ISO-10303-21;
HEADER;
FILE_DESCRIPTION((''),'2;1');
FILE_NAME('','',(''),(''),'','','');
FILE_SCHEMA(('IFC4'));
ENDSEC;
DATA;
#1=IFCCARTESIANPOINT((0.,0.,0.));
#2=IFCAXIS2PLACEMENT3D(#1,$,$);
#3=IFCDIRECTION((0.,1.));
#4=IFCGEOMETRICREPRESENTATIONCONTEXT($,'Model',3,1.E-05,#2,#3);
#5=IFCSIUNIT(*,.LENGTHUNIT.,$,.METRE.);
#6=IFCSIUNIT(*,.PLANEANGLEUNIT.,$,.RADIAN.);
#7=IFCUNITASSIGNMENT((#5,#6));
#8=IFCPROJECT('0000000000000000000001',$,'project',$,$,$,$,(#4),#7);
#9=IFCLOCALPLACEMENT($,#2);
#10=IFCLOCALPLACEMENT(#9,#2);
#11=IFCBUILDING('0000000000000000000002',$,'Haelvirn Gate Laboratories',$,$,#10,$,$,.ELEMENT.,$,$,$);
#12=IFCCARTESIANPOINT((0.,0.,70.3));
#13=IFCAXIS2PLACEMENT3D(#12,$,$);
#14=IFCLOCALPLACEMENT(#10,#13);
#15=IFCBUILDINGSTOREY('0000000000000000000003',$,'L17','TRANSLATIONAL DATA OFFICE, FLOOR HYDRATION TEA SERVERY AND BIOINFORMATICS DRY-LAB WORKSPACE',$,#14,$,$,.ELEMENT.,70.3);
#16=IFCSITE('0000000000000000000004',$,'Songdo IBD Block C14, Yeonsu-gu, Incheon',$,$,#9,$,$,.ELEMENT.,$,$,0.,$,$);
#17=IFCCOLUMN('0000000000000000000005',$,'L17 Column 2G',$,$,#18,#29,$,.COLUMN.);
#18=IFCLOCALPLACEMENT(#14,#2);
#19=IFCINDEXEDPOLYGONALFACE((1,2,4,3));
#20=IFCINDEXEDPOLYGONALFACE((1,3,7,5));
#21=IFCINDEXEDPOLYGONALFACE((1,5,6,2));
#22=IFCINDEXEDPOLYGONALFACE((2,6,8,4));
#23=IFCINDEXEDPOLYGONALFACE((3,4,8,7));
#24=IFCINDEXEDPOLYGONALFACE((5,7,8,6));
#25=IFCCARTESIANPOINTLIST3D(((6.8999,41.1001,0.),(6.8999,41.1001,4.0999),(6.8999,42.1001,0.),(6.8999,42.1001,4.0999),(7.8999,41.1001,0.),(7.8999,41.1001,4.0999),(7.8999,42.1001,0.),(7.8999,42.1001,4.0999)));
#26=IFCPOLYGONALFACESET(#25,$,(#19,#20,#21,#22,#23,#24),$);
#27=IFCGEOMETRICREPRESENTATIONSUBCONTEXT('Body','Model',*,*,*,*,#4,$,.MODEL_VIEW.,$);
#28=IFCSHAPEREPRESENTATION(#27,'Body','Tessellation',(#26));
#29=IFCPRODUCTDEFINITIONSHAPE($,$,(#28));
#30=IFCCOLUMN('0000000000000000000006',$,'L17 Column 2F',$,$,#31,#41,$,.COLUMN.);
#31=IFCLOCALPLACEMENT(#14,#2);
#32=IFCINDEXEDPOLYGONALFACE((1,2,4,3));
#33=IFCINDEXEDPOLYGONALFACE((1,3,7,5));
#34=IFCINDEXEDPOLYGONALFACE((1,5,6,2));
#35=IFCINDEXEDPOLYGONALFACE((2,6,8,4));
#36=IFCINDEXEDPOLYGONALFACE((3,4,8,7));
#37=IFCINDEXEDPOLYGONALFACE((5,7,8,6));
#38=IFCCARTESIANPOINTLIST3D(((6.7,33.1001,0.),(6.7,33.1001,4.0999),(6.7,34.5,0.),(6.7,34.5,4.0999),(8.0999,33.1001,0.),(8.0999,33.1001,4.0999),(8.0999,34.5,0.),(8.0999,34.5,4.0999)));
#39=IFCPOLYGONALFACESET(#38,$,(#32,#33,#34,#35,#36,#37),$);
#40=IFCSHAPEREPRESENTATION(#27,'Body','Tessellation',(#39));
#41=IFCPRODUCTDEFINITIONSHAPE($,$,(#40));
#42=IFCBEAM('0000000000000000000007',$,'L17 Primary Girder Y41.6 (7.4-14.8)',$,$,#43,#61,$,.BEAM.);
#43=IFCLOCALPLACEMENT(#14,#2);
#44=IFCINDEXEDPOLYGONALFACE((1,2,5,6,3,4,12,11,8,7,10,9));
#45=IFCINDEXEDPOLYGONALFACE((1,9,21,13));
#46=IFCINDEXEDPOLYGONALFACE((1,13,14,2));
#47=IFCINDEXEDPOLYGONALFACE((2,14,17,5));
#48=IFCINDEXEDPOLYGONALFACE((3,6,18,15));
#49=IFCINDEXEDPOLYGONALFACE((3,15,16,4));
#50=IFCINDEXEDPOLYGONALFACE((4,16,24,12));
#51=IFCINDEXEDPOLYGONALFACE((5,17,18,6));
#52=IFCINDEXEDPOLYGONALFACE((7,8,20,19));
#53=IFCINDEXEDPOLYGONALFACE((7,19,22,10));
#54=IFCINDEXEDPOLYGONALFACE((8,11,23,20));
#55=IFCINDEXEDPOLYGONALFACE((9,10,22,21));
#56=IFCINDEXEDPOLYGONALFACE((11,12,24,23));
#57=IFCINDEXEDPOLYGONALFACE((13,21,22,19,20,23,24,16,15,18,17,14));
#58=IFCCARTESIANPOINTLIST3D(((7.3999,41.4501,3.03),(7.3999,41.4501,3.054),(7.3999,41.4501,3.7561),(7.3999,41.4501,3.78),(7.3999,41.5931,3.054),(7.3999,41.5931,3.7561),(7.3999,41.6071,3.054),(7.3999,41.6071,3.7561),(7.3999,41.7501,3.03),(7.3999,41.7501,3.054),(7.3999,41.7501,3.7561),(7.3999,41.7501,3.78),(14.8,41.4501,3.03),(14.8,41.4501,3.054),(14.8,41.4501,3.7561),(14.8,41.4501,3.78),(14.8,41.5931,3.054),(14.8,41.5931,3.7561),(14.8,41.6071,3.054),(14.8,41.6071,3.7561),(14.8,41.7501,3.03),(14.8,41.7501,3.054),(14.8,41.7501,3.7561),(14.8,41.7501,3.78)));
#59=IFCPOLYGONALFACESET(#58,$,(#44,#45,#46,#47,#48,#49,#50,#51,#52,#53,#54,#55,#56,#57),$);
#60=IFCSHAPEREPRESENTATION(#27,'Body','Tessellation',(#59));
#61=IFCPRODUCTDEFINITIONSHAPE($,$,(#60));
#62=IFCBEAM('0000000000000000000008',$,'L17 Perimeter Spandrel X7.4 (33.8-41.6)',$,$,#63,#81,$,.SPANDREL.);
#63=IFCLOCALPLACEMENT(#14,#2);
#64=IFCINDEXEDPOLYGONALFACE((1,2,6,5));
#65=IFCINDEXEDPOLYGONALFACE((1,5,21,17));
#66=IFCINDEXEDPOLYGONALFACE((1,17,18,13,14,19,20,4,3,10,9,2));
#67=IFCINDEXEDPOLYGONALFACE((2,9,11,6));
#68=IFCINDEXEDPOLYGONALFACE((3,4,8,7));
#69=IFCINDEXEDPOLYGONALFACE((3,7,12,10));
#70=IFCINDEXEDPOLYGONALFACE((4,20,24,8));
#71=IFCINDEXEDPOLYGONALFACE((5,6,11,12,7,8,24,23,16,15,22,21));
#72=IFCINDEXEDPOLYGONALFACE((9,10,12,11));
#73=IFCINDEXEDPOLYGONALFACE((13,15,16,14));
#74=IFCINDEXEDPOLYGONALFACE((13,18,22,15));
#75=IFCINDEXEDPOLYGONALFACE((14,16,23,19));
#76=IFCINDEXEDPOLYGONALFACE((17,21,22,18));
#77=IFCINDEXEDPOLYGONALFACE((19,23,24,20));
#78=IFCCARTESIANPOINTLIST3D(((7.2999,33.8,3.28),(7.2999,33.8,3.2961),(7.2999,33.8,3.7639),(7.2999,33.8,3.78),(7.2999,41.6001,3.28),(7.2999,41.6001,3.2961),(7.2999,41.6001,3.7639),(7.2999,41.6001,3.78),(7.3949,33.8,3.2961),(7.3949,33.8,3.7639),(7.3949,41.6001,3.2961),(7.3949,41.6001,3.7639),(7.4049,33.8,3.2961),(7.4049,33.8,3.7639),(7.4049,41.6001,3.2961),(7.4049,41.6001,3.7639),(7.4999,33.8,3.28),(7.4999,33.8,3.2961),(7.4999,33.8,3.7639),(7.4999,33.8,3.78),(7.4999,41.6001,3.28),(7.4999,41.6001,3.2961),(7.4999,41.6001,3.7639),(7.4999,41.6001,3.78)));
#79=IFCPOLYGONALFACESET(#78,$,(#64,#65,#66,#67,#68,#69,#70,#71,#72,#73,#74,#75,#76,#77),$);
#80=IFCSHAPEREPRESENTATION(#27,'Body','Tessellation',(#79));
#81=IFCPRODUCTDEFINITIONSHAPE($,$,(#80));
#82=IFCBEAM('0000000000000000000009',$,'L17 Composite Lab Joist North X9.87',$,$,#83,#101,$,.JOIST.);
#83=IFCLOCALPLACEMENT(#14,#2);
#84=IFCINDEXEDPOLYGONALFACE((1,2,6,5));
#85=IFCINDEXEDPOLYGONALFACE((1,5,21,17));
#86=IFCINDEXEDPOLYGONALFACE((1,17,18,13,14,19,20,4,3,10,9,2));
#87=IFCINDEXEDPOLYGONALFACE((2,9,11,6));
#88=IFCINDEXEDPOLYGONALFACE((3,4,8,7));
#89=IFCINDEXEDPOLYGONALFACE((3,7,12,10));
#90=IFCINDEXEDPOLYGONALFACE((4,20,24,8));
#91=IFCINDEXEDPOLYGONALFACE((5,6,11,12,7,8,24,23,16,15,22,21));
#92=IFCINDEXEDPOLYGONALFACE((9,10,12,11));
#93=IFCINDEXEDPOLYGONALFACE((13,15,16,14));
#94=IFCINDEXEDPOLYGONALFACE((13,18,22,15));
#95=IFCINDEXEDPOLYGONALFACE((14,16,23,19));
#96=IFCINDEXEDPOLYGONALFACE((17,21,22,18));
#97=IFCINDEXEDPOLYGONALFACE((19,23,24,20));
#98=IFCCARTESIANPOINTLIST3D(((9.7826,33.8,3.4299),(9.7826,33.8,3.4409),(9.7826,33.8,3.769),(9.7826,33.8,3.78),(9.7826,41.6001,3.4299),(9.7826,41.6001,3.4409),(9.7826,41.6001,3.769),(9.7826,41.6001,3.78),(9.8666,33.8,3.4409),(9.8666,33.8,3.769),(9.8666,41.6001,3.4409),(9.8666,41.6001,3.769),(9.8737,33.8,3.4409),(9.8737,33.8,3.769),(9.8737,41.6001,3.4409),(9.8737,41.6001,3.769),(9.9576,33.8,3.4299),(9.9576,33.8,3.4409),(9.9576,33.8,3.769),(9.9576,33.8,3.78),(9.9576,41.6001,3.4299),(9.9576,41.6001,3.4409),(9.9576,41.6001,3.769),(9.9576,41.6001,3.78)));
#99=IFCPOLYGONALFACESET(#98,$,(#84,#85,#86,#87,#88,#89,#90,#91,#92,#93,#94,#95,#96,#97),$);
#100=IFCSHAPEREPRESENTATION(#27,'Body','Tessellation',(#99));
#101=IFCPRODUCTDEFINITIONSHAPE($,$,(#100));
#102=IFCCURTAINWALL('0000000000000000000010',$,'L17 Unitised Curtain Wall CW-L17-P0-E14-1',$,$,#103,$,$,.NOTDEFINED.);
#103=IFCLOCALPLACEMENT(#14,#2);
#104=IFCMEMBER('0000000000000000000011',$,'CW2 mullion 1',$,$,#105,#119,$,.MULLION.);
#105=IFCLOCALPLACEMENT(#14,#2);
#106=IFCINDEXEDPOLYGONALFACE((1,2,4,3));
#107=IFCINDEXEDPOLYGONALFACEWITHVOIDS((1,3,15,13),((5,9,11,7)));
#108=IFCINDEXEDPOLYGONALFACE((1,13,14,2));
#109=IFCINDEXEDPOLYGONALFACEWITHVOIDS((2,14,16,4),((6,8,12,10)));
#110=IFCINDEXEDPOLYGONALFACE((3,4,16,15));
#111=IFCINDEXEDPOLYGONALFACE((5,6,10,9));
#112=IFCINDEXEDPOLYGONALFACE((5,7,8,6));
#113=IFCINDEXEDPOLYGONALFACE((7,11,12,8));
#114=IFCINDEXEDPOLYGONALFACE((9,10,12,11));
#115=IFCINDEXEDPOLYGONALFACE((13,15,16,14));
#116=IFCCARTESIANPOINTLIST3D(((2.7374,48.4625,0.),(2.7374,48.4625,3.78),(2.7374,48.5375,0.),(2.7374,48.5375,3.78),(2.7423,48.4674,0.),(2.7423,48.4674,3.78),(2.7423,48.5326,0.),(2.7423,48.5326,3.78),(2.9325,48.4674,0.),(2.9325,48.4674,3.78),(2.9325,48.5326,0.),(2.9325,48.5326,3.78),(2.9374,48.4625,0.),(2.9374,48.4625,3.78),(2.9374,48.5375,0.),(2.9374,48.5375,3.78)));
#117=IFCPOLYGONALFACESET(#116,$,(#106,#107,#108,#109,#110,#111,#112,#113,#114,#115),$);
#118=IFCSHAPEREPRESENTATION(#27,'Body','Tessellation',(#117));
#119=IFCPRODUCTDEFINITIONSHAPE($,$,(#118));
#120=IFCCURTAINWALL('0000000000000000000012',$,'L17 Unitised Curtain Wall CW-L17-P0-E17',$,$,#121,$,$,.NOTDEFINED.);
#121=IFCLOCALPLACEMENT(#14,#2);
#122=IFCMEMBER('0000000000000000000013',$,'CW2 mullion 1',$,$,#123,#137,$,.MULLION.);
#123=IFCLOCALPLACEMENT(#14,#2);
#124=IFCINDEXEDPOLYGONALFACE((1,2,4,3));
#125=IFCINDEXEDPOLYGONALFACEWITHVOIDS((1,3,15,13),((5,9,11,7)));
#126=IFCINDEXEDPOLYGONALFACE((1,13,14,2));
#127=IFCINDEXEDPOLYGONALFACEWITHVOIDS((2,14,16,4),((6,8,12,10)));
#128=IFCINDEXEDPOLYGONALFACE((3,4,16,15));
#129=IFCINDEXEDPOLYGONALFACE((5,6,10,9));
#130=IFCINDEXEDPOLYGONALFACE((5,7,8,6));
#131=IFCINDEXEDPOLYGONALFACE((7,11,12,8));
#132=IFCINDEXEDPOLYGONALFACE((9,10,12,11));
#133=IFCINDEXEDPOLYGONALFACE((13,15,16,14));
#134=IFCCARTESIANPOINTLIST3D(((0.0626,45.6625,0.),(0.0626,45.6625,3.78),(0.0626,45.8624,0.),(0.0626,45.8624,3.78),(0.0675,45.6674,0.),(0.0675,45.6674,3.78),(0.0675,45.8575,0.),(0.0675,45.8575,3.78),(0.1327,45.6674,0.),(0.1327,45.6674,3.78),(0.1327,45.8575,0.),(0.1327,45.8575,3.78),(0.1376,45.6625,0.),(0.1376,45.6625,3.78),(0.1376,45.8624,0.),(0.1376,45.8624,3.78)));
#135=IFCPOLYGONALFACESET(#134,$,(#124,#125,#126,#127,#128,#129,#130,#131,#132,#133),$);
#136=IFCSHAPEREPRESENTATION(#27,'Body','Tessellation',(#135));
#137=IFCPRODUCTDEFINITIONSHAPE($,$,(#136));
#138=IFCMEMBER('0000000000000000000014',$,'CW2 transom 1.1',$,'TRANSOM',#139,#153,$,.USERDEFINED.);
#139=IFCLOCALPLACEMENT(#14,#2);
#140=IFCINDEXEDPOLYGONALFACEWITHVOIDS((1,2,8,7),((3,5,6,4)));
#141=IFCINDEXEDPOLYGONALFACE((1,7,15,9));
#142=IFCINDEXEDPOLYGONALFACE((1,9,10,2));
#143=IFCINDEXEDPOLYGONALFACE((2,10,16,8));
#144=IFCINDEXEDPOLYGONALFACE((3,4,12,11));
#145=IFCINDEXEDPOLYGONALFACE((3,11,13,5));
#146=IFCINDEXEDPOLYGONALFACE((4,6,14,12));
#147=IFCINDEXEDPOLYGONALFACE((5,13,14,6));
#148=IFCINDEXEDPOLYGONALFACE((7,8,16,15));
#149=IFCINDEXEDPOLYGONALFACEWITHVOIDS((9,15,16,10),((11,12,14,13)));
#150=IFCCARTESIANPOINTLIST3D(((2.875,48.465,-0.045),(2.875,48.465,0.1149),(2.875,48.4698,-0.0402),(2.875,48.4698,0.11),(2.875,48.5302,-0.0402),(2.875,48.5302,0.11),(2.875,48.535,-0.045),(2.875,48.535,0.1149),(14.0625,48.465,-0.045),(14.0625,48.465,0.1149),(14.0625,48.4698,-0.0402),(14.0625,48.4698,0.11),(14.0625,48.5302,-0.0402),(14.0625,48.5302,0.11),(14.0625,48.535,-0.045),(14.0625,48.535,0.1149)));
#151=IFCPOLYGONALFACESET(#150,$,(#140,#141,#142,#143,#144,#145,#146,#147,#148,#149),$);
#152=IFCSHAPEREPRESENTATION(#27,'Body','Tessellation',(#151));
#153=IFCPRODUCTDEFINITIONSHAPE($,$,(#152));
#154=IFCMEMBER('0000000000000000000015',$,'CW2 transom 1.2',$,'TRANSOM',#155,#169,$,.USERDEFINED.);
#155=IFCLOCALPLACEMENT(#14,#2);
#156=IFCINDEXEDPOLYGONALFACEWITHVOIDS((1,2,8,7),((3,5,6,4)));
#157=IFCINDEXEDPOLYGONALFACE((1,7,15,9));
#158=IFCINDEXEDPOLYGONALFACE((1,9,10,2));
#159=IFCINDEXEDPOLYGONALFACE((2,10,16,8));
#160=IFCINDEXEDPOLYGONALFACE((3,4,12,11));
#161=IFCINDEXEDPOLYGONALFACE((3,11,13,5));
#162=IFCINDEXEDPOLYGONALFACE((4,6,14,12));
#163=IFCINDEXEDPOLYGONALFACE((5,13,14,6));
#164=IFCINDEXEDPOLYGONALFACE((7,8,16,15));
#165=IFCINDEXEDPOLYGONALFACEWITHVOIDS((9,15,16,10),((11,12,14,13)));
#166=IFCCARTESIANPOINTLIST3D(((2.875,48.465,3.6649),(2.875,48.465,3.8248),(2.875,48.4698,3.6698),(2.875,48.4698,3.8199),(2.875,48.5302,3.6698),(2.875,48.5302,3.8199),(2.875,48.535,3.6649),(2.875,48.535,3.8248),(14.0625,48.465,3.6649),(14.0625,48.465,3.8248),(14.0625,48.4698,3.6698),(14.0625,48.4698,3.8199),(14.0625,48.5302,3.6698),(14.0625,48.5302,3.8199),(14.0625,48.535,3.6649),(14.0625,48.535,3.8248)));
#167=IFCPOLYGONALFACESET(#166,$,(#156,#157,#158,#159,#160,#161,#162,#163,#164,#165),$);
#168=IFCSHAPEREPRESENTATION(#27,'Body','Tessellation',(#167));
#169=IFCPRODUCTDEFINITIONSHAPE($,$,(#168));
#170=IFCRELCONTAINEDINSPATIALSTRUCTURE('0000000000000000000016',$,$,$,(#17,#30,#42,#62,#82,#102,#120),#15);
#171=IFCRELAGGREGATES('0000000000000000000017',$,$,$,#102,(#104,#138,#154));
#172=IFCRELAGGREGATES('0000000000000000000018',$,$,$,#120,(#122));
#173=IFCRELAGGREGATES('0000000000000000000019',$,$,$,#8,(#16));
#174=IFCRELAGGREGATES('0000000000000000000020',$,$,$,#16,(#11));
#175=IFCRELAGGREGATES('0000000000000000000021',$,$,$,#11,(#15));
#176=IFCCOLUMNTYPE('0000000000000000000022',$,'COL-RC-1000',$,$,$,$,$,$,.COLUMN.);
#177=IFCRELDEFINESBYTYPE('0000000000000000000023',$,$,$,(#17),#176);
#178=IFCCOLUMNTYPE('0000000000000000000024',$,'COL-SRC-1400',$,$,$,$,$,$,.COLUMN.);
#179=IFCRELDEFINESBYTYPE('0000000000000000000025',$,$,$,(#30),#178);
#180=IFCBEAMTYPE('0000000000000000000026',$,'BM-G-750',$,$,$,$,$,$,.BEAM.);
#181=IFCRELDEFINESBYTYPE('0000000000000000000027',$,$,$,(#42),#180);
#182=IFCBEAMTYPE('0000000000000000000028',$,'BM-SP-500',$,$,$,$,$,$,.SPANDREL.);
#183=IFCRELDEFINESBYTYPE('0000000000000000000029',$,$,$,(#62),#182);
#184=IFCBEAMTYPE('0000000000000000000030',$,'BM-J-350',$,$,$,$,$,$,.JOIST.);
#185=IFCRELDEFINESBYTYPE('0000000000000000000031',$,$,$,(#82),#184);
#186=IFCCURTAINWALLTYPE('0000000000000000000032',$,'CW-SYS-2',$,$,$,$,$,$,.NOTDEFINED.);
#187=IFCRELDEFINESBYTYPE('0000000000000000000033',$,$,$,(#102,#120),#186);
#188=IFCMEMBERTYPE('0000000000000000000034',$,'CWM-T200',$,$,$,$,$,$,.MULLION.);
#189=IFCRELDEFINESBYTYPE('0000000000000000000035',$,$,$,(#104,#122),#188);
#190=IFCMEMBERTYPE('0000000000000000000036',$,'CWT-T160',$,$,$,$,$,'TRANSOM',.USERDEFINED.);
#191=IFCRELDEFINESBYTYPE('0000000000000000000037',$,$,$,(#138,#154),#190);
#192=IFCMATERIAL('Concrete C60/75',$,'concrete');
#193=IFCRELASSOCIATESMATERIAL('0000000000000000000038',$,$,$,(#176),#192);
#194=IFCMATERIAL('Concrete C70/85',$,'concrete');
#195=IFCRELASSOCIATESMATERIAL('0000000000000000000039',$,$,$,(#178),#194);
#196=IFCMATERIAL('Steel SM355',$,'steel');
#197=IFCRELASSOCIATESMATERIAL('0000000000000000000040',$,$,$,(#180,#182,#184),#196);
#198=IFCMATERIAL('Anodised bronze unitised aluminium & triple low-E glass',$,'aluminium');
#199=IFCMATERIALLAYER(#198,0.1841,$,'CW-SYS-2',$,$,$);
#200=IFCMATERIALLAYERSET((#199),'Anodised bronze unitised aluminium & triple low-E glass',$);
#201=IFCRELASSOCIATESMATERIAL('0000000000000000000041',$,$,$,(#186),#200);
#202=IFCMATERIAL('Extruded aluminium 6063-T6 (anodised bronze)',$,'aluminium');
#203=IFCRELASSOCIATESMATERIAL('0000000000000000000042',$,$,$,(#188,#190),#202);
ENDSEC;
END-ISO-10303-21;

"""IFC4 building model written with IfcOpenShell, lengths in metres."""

from ifc_helpers import new_model, si_unit, direction, frame, origin, origin_2d, place, context, subcontext, project, spatial, rectangle, hollow_rectangle, i_section, extrude, source, transform, mapped, material, layer, layer_set, material_profile, profile_set, type_object, type_shapes, element, aggregate, save


model = new_model("IFC4")

# Units and contexts
model_context = context("Model", 3, precision=1e-05, world=origin(), true_north=direction((0.0, 1.0)))
body_context = subcontext(model_context, "Body", "Model", "MODEL_VIEW")
ifc_project = project(units=[si_unit("LENGTHUNIT", "METRE"), si_unit("PLANEANGLEUNIT", "RADIAN")], contexts=[model_context])

# Site, building, storey
site_placement = place(None, origin())
site = spatial("IfcSite", under=ifc_project, at=site_placement, Name="Songdo IBD Block C14, Yeonsu-gu, Incheon", CompositionType="ELEMENT", RefElevation=0.0)
building_placement = place(site_placement, origin())
building = spatial("IfcBuilding", under=site, at=building_placement, Name="Haelvirn Gate Laboratories", CompositionType="ELEMENT")
storey_placement = place(building_placement, frame((0.0, 0.0, 70.3)))
storey = spatial("IfcBuildingStorey", under=building, at=storey_placement, Name="L17", Description="TRANSLATIONAL DATA OFFICE, FLOOR HYDRATION TEA SERVERY AND BIOINFORMATICS DRY-LAB WORKSPACE", CompositionType="ELEMENT", Elevation=70.3)

# Columns
ifc_material_1 = material(Name="Concrete C60/75", Category="concrete")
ifc_material_profile_1 = material_profile(ifc_material_1, rectangle(XDim=1.0, YDim=1.0, at=origin_2d()), Name="RC-1000x1000")
ifc_profile_set_1 = profile_set([ifc_material_profile_1], Name="Concrete C60/75")
column_type_1 = type_object("IfcColumnType", Name="COL-RC-1000", PredefinedType="COLUMN", material=ifc_profile_set_1)
shared_shape_1 = source(origin(), body_context, "Body", "SweptSolid", [
    extrude(rectangle(XDim=1.0, YDim=1.0, at=origin_2d()), origin(), (0.0, 0.0, 1.0), 4.0999),
])
type_shapes(column_type_1, [shared_shape_1])
column_1_placement = place(storey_placement, frame((7.3999, 41.6001, 0.0), z_axis=(0.0, 0.0, 1.0), x_axis=(1.0, 0.0, 0.0)))
element("IfcColumn", 1, at=column_1_placement, inside=storey, type_object=column_type_1, Name="L17 Column 2G", PredefinedType="COLUMN", context=body_context, shape_type="MappedRepresentation", body=[
    mapped(shared_shape_1, transform((0.0, 0.0, 0.0), scale=1.0)),
])
ifc_material_2 = material(Name="Concrete C70/85", Category="concrete")
ifc_material_profile_2 = material_profile(ifc_material_2, rectangle(XDim=1.3999, YDim=1.3999, at=origin_2d()), Name="SRC-1400x1400")
ifc_profile_set_2 = profile_set([ifc_material_profile_2], Name="Concrete C70/85")
column_type_2 = type_object("IfcColumnType", Name="COL-SRC-1400", PredefinedType="COLUMN", material=ifc_profile_set_2)
shared_shape_2 = source(origin(), body_context, "Body", "SweptSolid", [
    extrude(rectangle(XDim=1.3999, YDim=1.3999, at=origin_2d()), origin(), (0.0, 0.0, 1.0), 4.0999),
])
type_shapes(column_type_2, [shared_shape_2])
column_2_placement = place(storey_placement, frame((7.3999, 33.8, 0.0), z_axis=(0.0, 0.0, 1.0), x_axis=(1.0, 0.0, 0.0)))
element("IfcColumn", 2, at=column_2_placement, inside=storey, type_object=column_type_2, Name="L17 Column 2F", PredefinedType="COLUMN", context=body_context, shape_type="MappedRepresentation", body=[
    mapped(shared_shape_2, transform((0.0, 0.0, 0.0), scale=1.0)),
])

# Beams
ifc_material_3 = material(Name="Steel SM355", Category="steel")
ifc_material_profile_3 = material_profile(ifc_material_3, i_section(OverallWidth=0.3, OverallDepth=0.75, WebThickness=0.0139, FlangeThickness=0.0239, at=origin_2d()), Name="H-750x300x14x24")
ifc_profile_set_3 = profile_set([ifc_material_profile_3], Name="Steel SM355")
beam_type_1 = type_object("IfcBeamType", Name="BM-G-750", PredefinedType="BEAM", material=ifc_profile_set_3)
shared_shape_3 = source(origin(), body_context, "Body", "SweptSolid", [
    extrude(i_section(OverallWidth=0.3, OverallDepth=0.75, WebThickness=0.0139, FlangeThickness=0.0239, at=origin_2d()), origin(), (0.0, 0.0, 1.0), 7.4001),
])
type_shapes(beam_type_1, [shared_shape_3])
beam_1_placement = place(storey_placement, frame((7.3999, 41.6001, 3.405), z_axis=(1.0, 0.0, 0.0), x_axis=(0.0, 1.0, 0.0)))
element("IfcBeam", 3, at=beam_1_placement, inside=storey, type_object=beam_type_1, Name="L17 Primary Girder Y41.6 (7.4-14.8)", PredefinedType="BEAM", context=body_context, shape_type="MappedRepresentation", body=[
    mapped(shared_shape_3, transform((0.0, 0.0, 0.0), scale=1.0)),
])
ifc_material_profile_4 = material_profile(ifc_material_3, i_section(OverallWidth=0.2, OverallDepth=0.5, WebThickness=0.01, FlangeThickness=0.0161, at=origin_2d()), Name="H-500x200x10x16")
ifc_profile_set_4 = profile_set([ifc_material_profile_4], Name="Steel SM355")
beam_type_2 = type_object("IfcBeamType", Name="BM-SP-500", PredefinedType="SPANDREL", material=ifc_profile_set_4)
shared_shape_4 = source(origin(), body_context, "Body", "SweptSolid", [
    extrude(i_section(OverallWidth=0.2, OverallDepth=0.5, WebThickness=0.01, FlangeThickness=0.0161, at=origin_2d()), origin(), (0.0, 0.0, 1.0), 7.8),
])
type_shapes(beam_type_2, [shared_shape_4])
beam_2_placement = place(storey_placement, frame((7.3999, 33.8, 3.53), z_axis=(0.0, 1.0, 0.0), x_axis=(-1.0, 0.0, 0.0)))
element("IfcBeam", 4, at=beam_2_placement, inside=storey, type_object=beam_type_2, Name="L17 Perimeter Spandrel X7.4 (33.8-41.6)", PredefinedType="SPANDREL", context=body_context, shape_type="MappedRepresentation", body=[
    mapped(shared_shape_4, transform((0.0, 0.0, 0.0), scale=1.0)),
])
ifc_material_profile_5 = material_profile(ifc_material_3, i_section(OverallWidth=0.175, OverallDepth=0.3501, WebThickness=0.0071, FlangeThickness=0.011, at=origin_2d()), Name="H-350x175x7x11")
ifc_profile_set_5 = profile_set([ifc_material_profile_5], Name="Steel SM355")
beam_type_3 = type_object("IfcBeamType", Name="BM-J-350", PredefinedType="JOIST", material=ifc_profile_set_5)
shared_shape_5 = source(origin(), body_context, "Body", "SweptSolid", [
    extrude(i_section(OverallWidth=0.175, OverallDepth=0.3501, WebThickness=0.0071, FlangeThickness=0.011, at=origin_2d()), origin(), (0.0, 0.0, 1.0), 7.8),
])
type_shapes(beam_type_3, [shared_shape_5])
beam_3_placement = place(storey_placement, frame((9.8701, 33.8, 3.605), z_axis=(0.0, 1.0, 0.0), x_axis=(-1.0, 0.0, 0.0)))
element("IfcBeam", 5, at=beam_3_placement, inside=storey, type_object=beam_type_3, Name="L17 Composite Lab Joist North X9.87", PredefinedType="JOIST", context=body_context, shape_type="MappedRepresentation", body=[
    mapped(shared_shape_5, transform((0.0, 0.0, 0.0), scale=1.0)),
])

# Curtain walls, members
ifc_material_4 = material(Name="Anodised bronze unitised aluminium & triple low-E glass", Category="aluminium")
ifc_layer_1 = layer(ifc_material_4, 0.1841, Name="CW-SYS-2")
ifc_layer_set_1 = layer_set([ifc_layer_1], Name="Anodised bronze unitised aluminium & triple low-E glass")
curtain_wall_type_1 = type_object("IfcCurtainWallType", Name="CW-SYS-2", PredefinedType="NOTDEFINED", material=ifc_layer_set_1)
curtain_wall_1_placement = place(storey_placement, origin())
curtain_wall_1 = element("IfcCurtainWall", 6, at=curtain_wall_1_placement, inside=storey, type_object=curtain_wall_type_1, Name="L17 Unitised Curtain Wall CW-L17-P0-E14-1", PredefinedType="NOTDEFINED")
ifc_material_5 = material(Name="Extruded aluminium 6063-T6 (anodised bronze)", Category="aluminium")
ifc_material_profile_6 = material_profile(ifc_material_5, hollow_rectangle(XDim=0.075, YDim=0.2, WallThickness=0.0049, at=origin_2d()), Name="CWM-200x75x5")
ifc_profile_set_6 = profile_set([ifc_material_profile_6], Name="Extruded aluminium 6063-T6 (anodised bronze)")
member_type_1 = type_object("IfcMemberType", Name="CWM-T200", PredefinedType="MULLION", material=ifc_profile_set_6)
shared_shape_6 = source(origin(), body_context, "Body", "SweptSolid", [
    extrude(hollow_rectangle(XDim=0.075, YDim=0.2, WallThickness=0.0049, at=origin_2d()), origin(), (0.0, 0.0, 1.0), 3.78),
])
type_shapes(member_type_1, [shared_shape_6])
member_1_placement = place(storey_placement, frame((2.8374, 48.5, 0.0), z_axis=(0.0, 0.0, 1.0), x_axis=(0.0, 1.0, 0.0)))
member_1 = element("IfcMember", 7, at=member_1_placement, type_object=member_type_1, Name="CW2 mullion 1", PredefinedType="MULLION", context=body_context, shape_type="MappedRepresentation", body=[
    mapped(shared_shape_6, transform((0.0, 0.0, 0.0), scale=1.0)),
])
curtain_wall_2_placement = place(storey_placement, origin())
curtain_wall_2 = element("IfcCurtainWall", 8, at=curtain_wall_2_placement, inside=storey, type_object=curtain_wall_type_1, Name="L17 Unitised Curtain Wall CW-L17-P0-E17", PredefinedType="NOTDEFINED")
member_2_placement = place(storey_placement, frame((0.1001, 45.7625, 0.0), z_axis=(0.0, 0.0, 1.0), x_axis=(1.0, 0.0, 0.0)))
member_2 = element("IfcMember", 9, at=member_2_placement, type_object=member_type_1, Name="CW2 mullion 1", PredefinedType="MULLION", context=body_context, shape_type="MappedRepresentation", body=[
    mapped(shared_shape_6, transform((0.0, 0.0, 0.0), scale=1.0)),
])

# Members
ifc_material_profile_7 = material_profile(ifc_material_5, hollow_rectangle(XDim=0.0701, YDim=0.1599, WallThickness=0.0049, at=origin_2d()), Name="CWT-160x70x5")
ifc_profile_set_7 = profile_set([ifc_material_profile_7], Name="Extruded aluminium 6063-T6 (anodised bronze)")
member_type_2 = type_object("IfcMemberType", Name="CWT-T160", ElementType="TRANSOM", PredefinedType="USERDEFINED", material=ifc_profile_set_7)
shared_shape_7 = source(origin(), body_context, "Body", "SweptSolid", [
    extrude(hollow_rectangle(XDim=0.0701, YDim=0.1599, WallThickness=0.0049, at=origin_2d()), origin(), (0.0, 0.0, 1.0), 11.1875),
])
member_3_placement = place(storey_placement, frame((2.875, 48.5, 0.0349), z_axis=(1.0, 0.0, 0.0), x_axis=(0.0, 1.0, 0.0)))
member_3 = element("IfcMember", 10, at=member_3_placement, type_object=member_type_2, Name="CW2 transom 1.1", ObjectType="TRANSOM", PredefinedType="USERDEFINED", context=body_context, shape_type="MappedRepresentation", body=[
    mapped(shared_shape_7, transform((0.0, 0.0, 0.0), scale=1.0)),
])
member_4_placement = place(storey_placement, frame((2.875, 48.5, 3.7449), z_axis=(1.0, 0.0, 0.0), x_axis=(0.0, 1.0, 0.0)))
member_4 = element("IfcMember", 11, at=member_4_placement, type_object=member_type_2, Name="CW2 transom 1.2", ObjectType="TRANSOM", PredefinedType="USERDEFINED", context=body_context, shape_type="MappedRepresentation", body=[
    mapped(shared_shape_7, transform((0.0, 0.0, 0.0), scale=1.0)),
])

aggregate(curtain_wall_1, [member_1, member_3, member_4])
aggregate(curtain_wall_2, [member_2])

save(model, "model.ifc")
